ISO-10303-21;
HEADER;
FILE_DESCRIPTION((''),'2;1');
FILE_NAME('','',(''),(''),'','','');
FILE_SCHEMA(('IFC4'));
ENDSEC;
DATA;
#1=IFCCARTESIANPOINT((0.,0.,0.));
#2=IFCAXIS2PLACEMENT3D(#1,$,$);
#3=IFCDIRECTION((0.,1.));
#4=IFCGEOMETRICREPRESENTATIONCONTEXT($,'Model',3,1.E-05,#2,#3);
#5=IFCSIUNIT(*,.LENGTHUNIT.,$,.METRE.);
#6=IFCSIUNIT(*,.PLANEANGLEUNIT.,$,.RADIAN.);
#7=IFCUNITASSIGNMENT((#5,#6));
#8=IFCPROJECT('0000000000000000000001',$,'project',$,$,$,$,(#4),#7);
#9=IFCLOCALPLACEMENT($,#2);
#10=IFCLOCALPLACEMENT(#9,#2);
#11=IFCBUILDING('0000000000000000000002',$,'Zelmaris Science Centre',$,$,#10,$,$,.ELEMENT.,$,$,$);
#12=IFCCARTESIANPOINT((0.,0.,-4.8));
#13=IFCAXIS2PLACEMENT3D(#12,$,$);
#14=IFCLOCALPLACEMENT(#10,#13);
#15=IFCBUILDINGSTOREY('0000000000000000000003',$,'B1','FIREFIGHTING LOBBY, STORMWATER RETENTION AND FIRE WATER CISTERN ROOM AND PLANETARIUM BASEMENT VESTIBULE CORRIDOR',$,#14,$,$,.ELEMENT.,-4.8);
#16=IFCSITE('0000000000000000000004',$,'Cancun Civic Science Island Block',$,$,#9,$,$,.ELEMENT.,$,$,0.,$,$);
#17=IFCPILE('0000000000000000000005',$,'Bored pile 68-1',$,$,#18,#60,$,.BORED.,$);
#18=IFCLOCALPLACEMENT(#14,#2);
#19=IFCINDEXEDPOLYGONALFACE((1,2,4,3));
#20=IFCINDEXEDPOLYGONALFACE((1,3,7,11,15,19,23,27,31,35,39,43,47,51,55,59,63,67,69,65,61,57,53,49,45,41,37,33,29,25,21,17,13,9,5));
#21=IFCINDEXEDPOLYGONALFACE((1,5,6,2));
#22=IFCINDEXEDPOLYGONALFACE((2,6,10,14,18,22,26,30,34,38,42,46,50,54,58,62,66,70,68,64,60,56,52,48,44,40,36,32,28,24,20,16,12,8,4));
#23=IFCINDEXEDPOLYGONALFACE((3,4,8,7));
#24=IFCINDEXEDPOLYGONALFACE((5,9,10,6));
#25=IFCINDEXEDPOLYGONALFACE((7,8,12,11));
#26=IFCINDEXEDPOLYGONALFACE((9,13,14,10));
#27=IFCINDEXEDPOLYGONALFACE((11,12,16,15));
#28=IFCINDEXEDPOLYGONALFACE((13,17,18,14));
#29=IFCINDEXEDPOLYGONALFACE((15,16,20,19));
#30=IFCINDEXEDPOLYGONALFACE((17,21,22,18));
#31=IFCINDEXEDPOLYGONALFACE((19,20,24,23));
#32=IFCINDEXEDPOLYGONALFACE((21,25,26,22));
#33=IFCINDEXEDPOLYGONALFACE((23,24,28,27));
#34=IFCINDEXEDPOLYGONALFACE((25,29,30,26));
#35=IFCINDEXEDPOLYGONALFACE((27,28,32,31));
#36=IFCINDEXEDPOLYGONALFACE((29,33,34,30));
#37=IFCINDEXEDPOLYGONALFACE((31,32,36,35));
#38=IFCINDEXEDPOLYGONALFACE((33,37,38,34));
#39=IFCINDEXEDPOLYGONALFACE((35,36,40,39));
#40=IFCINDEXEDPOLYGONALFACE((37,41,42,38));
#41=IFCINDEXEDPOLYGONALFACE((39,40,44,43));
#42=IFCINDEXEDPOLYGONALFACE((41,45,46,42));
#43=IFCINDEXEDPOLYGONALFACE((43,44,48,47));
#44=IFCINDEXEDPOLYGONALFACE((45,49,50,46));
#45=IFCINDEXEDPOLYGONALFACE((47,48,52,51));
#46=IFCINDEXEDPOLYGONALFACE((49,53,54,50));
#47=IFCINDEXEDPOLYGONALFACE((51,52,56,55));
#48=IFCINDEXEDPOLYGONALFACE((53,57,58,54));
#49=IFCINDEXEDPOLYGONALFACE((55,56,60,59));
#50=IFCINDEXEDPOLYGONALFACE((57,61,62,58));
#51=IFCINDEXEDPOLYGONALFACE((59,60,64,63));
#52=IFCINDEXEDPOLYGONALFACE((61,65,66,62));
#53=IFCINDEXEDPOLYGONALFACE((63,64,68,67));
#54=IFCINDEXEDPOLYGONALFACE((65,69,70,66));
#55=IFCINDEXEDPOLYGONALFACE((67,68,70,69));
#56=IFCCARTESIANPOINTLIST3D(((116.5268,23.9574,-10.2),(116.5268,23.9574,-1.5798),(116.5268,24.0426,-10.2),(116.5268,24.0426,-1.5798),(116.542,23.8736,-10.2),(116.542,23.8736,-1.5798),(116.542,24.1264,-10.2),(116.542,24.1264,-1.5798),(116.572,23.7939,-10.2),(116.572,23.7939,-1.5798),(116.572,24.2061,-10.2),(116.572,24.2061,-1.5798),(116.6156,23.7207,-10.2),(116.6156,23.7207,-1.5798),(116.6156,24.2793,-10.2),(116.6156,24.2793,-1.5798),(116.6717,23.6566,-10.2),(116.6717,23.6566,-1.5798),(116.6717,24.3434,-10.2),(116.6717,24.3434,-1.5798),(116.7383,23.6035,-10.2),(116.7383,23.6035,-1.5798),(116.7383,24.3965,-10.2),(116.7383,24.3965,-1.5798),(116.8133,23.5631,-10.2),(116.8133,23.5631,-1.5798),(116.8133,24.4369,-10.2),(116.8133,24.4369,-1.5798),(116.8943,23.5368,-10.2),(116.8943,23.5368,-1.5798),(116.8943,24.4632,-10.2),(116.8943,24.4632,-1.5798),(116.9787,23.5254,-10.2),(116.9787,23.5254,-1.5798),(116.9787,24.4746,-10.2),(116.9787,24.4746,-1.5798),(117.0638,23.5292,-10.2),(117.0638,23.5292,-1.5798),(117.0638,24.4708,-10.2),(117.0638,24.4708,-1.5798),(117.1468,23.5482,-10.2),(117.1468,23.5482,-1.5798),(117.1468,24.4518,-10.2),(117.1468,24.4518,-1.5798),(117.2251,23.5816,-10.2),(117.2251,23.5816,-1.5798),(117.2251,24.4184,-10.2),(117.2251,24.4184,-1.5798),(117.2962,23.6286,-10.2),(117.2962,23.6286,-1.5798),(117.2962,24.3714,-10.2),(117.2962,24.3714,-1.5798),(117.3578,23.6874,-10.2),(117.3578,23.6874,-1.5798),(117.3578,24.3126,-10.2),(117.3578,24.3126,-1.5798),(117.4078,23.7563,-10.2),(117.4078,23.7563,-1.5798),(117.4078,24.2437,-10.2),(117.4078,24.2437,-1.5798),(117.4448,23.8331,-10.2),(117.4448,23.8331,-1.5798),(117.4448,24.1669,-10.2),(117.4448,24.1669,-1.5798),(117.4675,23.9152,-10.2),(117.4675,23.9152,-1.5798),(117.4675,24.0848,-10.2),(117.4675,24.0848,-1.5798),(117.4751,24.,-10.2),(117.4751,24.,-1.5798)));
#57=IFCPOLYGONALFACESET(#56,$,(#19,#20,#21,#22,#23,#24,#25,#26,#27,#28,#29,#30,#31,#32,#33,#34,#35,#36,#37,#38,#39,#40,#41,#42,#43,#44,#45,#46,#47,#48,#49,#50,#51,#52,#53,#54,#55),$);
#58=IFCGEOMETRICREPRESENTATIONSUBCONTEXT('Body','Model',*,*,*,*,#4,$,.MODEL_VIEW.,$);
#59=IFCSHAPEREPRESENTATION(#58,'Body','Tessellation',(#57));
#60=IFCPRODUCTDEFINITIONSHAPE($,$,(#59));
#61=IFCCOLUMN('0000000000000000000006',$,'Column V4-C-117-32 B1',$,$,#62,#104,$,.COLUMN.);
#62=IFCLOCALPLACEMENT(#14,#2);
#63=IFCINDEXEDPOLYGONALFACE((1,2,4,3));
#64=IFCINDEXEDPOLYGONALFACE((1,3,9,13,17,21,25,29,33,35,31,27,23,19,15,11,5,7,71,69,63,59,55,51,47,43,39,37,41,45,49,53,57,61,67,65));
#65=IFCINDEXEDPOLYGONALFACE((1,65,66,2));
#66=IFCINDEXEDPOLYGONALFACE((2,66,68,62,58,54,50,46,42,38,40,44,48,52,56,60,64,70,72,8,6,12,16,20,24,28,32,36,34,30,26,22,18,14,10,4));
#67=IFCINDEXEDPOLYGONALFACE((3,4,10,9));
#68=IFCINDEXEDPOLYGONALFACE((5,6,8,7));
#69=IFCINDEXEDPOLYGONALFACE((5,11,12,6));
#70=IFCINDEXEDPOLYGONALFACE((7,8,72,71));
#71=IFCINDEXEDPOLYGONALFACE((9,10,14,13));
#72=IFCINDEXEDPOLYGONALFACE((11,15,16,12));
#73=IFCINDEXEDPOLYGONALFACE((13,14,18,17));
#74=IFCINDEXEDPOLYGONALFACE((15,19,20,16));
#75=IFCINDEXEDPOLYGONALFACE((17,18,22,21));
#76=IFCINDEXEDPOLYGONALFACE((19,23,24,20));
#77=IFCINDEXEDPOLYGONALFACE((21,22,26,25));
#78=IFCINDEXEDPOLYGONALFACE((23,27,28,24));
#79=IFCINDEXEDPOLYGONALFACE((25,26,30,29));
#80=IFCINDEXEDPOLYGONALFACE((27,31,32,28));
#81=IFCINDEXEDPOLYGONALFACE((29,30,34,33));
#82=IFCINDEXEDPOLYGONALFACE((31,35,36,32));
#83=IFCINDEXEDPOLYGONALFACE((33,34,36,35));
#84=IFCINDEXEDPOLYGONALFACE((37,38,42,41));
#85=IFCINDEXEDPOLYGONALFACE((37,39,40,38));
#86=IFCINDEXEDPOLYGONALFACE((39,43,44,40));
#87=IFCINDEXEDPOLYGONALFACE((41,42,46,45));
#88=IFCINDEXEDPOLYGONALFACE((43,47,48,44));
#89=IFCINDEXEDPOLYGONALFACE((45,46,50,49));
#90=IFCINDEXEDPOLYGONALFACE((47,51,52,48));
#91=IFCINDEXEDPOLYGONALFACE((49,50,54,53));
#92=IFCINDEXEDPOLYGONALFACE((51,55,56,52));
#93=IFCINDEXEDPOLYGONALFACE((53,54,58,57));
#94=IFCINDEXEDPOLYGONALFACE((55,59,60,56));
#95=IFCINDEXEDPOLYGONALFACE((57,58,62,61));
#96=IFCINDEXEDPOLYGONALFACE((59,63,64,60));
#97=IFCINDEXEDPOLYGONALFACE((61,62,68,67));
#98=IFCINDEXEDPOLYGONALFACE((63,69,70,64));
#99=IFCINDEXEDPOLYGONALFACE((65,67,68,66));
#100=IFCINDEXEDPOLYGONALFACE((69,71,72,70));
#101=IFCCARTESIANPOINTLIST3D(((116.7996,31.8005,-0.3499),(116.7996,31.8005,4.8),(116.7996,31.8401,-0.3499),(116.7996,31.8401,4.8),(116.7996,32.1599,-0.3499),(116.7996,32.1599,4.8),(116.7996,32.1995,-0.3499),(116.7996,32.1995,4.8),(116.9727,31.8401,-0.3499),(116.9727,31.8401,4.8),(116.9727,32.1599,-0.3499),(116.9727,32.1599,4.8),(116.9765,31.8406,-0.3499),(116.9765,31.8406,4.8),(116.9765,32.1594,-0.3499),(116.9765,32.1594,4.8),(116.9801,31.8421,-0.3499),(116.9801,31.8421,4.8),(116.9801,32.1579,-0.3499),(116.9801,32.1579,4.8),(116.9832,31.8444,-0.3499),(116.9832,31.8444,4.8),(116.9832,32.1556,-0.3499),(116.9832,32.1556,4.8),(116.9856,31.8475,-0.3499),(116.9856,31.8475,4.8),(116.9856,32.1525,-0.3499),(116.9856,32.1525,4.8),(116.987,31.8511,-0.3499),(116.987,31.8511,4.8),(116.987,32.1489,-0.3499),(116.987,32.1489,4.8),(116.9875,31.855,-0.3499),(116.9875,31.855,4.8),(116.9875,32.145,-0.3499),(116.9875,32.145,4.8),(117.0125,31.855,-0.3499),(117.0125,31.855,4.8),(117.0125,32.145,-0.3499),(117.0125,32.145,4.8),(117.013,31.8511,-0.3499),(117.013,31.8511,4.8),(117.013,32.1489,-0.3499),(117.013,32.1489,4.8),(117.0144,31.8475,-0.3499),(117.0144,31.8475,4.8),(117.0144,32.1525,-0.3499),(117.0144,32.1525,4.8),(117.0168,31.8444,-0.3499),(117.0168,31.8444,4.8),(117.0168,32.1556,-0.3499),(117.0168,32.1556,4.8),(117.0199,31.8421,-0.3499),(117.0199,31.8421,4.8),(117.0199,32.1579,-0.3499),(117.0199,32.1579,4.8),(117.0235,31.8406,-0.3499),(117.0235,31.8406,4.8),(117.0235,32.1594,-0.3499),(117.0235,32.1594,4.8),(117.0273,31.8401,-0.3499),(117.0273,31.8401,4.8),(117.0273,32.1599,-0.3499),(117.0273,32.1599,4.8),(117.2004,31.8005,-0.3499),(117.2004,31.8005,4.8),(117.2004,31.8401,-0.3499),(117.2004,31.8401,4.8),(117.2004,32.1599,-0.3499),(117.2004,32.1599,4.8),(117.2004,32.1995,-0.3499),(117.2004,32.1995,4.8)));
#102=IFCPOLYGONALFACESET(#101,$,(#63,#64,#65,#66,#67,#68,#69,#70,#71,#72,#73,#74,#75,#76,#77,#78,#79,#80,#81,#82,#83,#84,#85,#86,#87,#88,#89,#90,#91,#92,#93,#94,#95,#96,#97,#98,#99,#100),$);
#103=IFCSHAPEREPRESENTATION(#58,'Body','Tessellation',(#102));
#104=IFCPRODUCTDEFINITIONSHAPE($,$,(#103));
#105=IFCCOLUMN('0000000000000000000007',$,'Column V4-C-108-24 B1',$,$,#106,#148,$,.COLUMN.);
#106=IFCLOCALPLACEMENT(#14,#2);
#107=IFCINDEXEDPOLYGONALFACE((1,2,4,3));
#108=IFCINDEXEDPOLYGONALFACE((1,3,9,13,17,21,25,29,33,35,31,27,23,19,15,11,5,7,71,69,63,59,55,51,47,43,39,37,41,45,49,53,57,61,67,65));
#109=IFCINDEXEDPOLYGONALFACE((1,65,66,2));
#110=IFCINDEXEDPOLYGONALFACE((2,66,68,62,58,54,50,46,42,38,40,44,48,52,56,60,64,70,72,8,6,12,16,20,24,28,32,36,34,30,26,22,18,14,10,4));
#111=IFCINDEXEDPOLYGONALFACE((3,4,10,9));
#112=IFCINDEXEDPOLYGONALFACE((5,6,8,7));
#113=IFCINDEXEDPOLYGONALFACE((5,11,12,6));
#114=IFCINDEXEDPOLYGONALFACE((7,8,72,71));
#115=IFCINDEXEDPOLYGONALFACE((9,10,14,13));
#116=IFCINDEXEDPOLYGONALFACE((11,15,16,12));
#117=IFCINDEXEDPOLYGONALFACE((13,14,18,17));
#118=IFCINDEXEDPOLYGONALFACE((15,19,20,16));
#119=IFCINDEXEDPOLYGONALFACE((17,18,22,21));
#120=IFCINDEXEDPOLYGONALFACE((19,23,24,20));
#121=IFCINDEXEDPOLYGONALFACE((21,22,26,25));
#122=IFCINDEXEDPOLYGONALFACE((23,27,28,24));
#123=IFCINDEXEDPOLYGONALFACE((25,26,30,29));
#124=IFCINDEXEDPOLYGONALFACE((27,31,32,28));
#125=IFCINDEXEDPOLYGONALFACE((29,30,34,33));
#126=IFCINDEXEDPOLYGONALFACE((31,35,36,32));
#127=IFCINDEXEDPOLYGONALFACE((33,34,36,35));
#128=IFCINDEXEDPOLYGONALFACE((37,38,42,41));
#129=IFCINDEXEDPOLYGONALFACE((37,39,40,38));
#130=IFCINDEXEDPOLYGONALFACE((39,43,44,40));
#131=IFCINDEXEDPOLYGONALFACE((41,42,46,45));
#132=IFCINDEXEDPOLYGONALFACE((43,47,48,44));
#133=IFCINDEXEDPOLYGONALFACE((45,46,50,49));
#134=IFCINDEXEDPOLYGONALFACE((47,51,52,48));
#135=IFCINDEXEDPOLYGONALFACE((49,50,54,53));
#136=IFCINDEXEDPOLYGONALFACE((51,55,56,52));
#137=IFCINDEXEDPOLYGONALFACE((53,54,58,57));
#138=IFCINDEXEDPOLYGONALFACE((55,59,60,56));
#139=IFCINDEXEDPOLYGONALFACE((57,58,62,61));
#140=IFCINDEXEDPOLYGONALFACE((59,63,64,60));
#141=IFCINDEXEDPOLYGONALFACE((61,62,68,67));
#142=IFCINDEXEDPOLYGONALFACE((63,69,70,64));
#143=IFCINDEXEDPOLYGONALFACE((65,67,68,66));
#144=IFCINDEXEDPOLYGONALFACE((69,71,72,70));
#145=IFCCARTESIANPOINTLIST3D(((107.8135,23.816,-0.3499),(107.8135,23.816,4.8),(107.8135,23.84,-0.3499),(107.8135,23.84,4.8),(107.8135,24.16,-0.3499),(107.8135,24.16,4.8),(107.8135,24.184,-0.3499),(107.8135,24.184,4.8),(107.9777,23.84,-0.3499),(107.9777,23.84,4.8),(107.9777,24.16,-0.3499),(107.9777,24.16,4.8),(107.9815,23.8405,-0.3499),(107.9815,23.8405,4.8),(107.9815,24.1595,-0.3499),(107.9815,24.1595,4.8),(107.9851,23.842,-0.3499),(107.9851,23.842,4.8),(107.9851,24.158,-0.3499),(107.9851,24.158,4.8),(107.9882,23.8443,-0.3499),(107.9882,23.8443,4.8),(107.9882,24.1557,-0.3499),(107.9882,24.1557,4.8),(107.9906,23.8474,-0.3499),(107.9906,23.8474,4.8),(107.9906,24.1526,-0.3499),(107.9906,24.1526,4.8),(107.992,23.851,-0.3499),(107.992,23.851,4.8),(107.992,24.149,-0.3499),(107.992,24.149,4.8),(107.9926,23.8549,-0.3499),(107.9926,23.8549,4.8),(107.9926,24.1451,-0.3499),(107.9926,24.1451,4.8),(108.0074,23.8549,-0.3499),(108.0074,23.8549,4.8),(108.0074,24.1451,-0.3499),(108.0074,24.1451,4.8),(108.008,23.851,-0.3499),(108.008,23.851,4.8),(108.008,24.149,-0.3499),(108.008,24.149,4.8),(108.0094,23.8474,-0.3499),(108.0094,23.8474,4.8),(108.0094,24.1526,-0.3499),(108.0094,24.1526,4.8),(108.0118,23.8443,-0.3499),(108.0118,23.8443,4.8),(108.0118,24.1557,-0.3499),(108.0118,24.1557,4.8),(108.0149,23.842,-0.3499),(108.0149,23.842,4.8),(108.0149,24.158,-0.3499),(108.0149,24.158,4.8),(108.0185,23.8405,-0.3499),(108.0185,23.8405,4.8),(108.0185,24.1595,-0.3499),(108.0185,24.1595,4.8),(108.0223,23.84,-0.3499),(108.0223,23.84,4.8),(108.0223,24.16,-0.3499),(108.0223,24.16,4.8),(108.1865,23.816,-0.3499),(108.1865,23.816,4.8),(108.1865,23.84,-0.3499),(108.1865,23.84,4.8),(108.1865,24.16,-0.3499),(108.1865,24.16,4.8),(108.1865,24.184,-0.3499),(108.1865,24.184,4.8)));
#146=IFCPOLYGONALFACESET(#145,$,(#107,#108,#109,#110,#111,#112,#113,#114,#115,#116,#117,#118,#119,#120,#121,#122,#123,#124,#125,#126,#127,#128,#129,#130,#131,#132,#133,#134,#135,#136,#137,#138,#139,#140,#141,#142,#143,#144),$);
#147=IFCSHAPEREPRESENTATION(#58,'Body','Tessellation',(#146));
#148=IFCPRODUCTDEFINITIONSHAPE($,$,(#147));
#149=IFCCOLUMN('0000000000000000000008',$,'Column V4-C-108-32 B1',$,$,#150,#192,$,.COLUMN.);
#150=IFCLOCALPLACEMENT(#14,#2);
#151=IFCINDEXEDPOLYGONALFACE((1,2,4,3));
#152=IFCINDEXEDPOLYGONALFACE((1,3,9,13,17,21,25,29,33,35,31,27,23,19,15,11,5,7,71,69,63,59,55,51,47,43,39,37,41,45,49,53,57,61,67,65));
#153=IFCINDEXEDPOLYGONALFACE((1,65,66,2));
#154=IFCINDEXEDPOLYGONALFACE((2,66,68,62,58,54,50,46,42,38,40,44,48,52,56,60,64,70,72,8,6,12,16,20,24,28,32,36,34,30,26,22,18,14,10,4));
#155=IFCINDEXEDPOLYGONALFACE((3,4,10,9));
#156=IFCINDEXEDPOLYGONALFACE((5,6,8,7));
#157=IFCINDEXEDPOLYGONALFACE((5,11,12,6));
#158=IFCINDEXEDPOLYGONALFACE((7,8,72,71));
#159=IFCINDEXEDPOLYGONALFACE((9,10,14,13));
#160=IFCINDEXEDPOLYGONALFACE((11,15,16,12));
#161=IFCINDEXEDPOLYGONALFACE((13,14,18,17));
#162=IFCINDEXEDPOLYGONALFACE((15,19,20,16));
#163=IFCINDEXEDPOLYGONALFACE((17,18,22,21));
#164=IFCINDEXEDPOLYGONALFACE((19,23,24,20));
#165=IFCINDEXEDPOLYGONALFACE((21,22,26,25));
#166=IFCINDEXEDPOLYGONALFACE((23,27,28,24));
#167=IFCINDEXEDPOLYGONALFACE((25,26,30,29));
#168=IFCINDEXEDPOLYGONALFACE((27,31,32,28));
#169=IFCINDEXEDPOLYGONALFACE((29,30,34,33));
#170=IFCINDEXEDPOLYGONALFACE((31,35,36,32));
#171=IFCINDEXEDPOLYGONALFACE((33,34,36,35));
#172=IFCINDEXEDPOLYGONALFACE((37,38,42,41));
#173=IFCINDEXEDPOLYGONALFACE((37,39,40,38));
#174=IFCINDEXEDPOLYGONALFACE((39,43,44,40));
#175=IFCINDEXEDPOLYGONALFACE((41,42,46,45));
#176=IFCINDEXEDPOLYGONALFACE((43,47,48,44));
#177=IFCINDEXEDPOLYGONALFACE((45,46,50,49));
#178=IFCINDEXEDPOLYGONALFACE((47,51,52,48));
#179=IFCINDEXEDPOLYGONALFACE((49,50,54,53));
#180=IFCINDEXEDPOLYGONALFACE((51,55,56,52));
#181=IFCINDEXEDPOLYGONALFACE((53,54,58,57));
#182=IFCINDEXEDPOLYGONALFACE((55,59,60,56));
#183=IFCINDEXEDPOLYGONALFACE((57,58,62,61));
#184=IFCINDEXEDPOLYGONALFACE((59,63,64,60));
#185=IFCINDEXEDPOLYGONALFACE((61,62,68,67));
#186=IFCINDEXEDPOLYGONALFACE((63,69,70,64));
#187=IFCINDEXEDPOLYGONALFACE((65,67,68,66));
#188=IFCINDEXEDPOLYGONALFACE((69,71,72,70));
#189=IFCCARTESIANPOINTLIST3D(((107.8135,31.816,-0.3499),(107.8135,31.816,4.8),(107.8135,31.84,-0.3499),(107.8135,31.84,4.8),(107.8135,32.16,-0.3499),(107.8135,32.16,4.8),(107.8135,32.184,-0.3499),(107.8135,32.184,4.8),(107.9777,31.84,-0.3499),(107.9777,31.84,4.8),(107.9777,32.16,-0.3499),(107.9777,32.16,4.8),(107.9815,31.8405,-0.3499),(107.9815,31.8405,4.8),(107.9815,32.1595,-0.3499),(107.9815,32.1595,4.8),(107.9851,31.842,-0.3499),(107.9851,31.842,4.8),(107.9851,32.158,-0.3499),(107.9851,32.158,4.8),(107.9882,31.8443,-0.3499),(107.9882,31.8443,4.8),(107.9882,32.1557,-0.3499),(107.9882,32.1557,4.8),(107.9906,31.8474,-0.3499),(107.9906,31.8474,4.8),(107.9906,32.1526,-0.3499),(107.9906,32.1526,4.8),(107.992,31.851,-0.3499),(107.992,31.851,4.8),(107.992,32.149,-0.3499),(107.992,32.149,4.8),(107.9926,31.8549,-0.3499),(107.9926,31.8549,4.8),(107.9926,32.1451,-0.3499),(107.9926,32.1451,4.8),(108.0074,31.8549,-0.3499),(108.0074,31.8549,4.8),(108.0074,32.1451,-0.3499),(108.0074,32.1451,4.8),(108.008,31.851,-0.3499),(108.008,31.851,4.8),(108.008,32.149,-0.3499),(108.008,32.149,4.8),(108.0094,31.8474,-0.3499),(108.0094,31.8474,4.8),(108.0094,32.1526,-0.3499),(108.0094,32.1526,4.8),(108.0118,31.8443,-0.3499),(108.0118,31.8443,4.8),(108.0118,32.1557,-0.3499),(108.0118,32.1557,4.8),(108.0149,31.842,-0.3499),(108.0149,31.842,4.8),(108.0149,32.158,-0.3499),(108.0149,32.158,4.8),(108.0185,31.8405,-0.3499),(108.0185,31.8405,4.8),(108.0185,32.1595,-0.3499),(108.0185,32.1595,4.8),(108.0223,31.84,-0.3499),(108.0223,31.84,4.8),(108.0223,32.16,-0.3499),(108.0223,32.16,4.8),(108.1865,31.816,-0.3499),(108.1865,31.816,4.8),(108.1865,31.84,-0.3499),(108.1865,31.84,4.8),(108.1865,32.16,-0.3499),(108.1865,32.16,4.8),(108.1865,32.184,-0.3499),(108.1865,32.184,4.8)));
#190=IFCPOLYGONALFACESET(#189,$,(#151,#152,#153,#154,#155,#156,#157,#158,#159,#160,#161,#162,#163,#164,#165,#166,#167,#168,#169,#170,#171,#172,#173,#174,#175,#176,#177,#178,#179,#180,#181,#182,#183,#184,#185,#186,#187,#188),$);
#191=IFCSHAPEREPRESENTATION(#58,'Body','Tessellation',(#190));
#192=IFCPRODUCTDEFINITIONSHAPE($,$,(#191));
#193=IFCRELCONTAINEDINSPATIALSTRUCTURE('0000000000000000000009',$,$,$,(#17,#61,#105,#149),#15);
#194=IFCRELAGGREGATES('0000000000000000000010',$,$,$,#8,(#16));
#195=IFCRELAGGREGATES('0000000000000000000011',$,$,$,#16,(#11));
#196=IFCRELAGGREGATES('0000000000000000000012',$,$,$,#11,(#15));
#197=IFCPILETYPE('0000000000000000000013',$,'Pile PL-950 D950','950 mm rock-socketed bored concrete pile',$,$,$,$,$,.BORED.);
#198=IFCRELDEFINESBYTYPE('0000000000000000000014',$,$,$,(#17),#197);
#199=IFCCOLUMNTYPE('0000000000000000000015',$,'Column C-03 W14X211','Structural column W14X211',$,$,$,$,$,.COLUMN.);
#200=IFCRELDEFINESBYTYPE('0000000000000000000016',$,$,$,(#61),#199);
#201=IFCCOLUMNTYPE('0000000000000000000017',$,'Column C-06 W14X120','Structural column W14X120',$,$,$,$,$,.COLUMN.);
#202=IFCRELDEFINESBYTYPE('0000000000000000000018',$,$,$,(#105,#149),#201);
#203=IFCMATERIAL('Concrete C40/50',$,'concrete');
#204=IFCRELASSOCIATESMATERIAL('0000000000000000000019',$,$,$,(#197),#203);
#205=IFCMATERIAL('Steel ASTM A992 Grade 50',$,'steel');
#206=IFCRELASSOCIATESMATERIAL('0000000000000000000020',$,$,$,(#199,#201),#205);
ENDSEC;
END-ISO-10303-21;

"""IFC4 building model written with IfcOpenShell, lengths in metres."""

from ifc_helpers import new_model, si_unit, direction, frame, origin, origin_2d, place, context, subcontext, project, spatial, circle, i_section, extrude, material, material_profile, profile_set, type_object, element, save


model = new_model("IFC4")

# Units and contexts
model_context = context("Model", 3, precision=1e-05, world=origin(), true_north=direction((0.0, 1.0)))
body_context = subcontext(model_context, "Body", "Model", "MODEL_VIEW")
ifc_project = project(units=[si_unit("LENGTHUNIT", "METRE"), si_unit("PLANEANGLEUNIT", "RADIAN")], contexts=[model_context])

# Site, building, storey
site_placement = place(None, origin())
site = spatial("IfcSite", under=ifc_project, at=site_placement, Name="Cancun Civic Science Island Block", CompositionType="ELEMENT", RefElevation=0.0)
building_placement = place(site_placement, origin())
building = spatial("IfcBuilding", under=site, at=building_placement, Name="Zelmaris Science Centre", CompositionType="ELEMENT")
storey_placement = place(building_placement, frame((0.0, 0.0, -4.8)))
storey = spatial("IfcBuildingStorey", under=building, at=storey_placement, Name="B1", Description="FIREFIGHTING LOBBY, STORMWATER RETENTION AND FIRE WATER CISTERN ROOM AND PLANETARIUM BASEMENT VESTIBULE CORRIDOR", CompositionType="ELEMENT", Elevation=-4.8)

# Shared definitions
ifc_material_1 = material(Name="Concrete C40/50", Category="concrete")

# Pile
ifc_material_profile_1 = material_profile(ifc_material_1, circle(Radius=0.4751, at=origin_2d()), Name="PILE-950")
ifc_profile_set_1 = profile_set([ifc_material_profile_1], Name="Concrete C40/50")
pile_type_1 = type_object("IfcPileType", Name="Pile PL-950 D950", Description="950 mm rock-socketed bored concrete pile", PredefinedType="BORED", material=ifc_profile_set_1)
pile_1_placement = place(storey_placement, frame((117.0, 24.0, -1.5798), z_axis=(0.0, 0.0, -1.0), x_axis=(1.0, 0.0, 0.0)))
element("IfcPile", 1, at=pile_1_placement, inside=storey, type_object=pile_type_1, Name="Bored pile 68-1", PredefinedType="BORED", context=body_context, shape_type="SweptSolid", body=[
    extrude(circle(Radius=0.4751, at=origin_2d()), origin(), (0.0, 0.0, 1.0), 8.6201),
])

# Columns
ifc_material_2 = material(Name="Steel ASTM A992 Grade 50", Category="steel")
ifc_material_profile_2 = material_profile(ifc_material_2, i_section(OverallWidth=0.4009, OverallDepth=0.3989, WebThickness=0.0249, FlangeThickness=0.0396, FilletRadius=0.0149, at=origin_2d()), Name="W14X211")
ifc_profile_set_2 = profile_set([ifc_material_profile_2], Name="Steel ASTM A992 Grade 50")
column_type_1 = type_object("IfcColumnType", Name="Column C-03 W14X211", Description="Structural column W14X211", PredefinedType="COLUMN", material=ifc_profile_set_2)
column_placement = place(storey_placement, frame((117.0, 32.0, -0.3499), z_axis=(0.0, 0.0, 1.0), x_axis=(1.0, 0.0, 0.0)))
element("IfcColumn", 2, at=column_placement, inside=storey, type_object=column_type_1, Name="Column V4-C-117-32 B1", PredefinedType="COLUMN", context=body_context, shape_type="SweptSolid", body=[
    extrude(i_section(OverallWidth=0.4009, OverallDepth=0.3989, WebThickness=0.0249, FlangeThickness=0.0396, FilletRadius=0.0149, at=origin_2d()), origin(), (0.0, 0.0, 1.0), 5.1499),
])
ifc_material_profile_3 = material_profile(ifc_material_2, i_section(OverallWidth=0.373, OverallDepth=0.3679, WebThickness=0.0149, FlangeThickness=0.0239, FilletRadius=0.0149, at=origin_2d()), Name="W14X120")
ifc_profile_set_3 = profile_set([ifc_material_profile_3], Name="Steel ASTM A992 Grade 50")
column_type_2 = type_object("IfcColumnType", Name="Column C-06 W14X120", Description="Structural column W14X120", PredefinedType="COLUMN", material=ifc_profile_set_3)
for number, where, z_axis, x_axis, name in (
    (3, (108.0, 24.0, -0.3499), (0.0, 0.0, 1.0), (1.0, 0.0, 0.0), "Column V4-C-108-24 B1"),
    (4, (108.0, 32.0, -0.3499), (0.0, 0.0, 1.0), (1.0, 0.0, 0.0), "Column V4-C-108-32 B1"),
):
    element("IfcColumn", number, at=place(storey_placement, frame(where, z_axis=z_axis, x_axis=x_axis)), inside=storey, type_object=column_type_2, Name=name, PredefinedType="COLUMN", context=body_context, shape_type="SweptSolid", body=[
        extrude(i_section(OverallWidth=0.373, OverallDepth=0.3679, WebThickness=0.0149, FlangeThickness=0.0239, FilletRadius=0.0149, at=origin_2d()), origin(), (0.0, 0.0, 1.0), 5.1499),
    ])

save(model, "model.ifc")
